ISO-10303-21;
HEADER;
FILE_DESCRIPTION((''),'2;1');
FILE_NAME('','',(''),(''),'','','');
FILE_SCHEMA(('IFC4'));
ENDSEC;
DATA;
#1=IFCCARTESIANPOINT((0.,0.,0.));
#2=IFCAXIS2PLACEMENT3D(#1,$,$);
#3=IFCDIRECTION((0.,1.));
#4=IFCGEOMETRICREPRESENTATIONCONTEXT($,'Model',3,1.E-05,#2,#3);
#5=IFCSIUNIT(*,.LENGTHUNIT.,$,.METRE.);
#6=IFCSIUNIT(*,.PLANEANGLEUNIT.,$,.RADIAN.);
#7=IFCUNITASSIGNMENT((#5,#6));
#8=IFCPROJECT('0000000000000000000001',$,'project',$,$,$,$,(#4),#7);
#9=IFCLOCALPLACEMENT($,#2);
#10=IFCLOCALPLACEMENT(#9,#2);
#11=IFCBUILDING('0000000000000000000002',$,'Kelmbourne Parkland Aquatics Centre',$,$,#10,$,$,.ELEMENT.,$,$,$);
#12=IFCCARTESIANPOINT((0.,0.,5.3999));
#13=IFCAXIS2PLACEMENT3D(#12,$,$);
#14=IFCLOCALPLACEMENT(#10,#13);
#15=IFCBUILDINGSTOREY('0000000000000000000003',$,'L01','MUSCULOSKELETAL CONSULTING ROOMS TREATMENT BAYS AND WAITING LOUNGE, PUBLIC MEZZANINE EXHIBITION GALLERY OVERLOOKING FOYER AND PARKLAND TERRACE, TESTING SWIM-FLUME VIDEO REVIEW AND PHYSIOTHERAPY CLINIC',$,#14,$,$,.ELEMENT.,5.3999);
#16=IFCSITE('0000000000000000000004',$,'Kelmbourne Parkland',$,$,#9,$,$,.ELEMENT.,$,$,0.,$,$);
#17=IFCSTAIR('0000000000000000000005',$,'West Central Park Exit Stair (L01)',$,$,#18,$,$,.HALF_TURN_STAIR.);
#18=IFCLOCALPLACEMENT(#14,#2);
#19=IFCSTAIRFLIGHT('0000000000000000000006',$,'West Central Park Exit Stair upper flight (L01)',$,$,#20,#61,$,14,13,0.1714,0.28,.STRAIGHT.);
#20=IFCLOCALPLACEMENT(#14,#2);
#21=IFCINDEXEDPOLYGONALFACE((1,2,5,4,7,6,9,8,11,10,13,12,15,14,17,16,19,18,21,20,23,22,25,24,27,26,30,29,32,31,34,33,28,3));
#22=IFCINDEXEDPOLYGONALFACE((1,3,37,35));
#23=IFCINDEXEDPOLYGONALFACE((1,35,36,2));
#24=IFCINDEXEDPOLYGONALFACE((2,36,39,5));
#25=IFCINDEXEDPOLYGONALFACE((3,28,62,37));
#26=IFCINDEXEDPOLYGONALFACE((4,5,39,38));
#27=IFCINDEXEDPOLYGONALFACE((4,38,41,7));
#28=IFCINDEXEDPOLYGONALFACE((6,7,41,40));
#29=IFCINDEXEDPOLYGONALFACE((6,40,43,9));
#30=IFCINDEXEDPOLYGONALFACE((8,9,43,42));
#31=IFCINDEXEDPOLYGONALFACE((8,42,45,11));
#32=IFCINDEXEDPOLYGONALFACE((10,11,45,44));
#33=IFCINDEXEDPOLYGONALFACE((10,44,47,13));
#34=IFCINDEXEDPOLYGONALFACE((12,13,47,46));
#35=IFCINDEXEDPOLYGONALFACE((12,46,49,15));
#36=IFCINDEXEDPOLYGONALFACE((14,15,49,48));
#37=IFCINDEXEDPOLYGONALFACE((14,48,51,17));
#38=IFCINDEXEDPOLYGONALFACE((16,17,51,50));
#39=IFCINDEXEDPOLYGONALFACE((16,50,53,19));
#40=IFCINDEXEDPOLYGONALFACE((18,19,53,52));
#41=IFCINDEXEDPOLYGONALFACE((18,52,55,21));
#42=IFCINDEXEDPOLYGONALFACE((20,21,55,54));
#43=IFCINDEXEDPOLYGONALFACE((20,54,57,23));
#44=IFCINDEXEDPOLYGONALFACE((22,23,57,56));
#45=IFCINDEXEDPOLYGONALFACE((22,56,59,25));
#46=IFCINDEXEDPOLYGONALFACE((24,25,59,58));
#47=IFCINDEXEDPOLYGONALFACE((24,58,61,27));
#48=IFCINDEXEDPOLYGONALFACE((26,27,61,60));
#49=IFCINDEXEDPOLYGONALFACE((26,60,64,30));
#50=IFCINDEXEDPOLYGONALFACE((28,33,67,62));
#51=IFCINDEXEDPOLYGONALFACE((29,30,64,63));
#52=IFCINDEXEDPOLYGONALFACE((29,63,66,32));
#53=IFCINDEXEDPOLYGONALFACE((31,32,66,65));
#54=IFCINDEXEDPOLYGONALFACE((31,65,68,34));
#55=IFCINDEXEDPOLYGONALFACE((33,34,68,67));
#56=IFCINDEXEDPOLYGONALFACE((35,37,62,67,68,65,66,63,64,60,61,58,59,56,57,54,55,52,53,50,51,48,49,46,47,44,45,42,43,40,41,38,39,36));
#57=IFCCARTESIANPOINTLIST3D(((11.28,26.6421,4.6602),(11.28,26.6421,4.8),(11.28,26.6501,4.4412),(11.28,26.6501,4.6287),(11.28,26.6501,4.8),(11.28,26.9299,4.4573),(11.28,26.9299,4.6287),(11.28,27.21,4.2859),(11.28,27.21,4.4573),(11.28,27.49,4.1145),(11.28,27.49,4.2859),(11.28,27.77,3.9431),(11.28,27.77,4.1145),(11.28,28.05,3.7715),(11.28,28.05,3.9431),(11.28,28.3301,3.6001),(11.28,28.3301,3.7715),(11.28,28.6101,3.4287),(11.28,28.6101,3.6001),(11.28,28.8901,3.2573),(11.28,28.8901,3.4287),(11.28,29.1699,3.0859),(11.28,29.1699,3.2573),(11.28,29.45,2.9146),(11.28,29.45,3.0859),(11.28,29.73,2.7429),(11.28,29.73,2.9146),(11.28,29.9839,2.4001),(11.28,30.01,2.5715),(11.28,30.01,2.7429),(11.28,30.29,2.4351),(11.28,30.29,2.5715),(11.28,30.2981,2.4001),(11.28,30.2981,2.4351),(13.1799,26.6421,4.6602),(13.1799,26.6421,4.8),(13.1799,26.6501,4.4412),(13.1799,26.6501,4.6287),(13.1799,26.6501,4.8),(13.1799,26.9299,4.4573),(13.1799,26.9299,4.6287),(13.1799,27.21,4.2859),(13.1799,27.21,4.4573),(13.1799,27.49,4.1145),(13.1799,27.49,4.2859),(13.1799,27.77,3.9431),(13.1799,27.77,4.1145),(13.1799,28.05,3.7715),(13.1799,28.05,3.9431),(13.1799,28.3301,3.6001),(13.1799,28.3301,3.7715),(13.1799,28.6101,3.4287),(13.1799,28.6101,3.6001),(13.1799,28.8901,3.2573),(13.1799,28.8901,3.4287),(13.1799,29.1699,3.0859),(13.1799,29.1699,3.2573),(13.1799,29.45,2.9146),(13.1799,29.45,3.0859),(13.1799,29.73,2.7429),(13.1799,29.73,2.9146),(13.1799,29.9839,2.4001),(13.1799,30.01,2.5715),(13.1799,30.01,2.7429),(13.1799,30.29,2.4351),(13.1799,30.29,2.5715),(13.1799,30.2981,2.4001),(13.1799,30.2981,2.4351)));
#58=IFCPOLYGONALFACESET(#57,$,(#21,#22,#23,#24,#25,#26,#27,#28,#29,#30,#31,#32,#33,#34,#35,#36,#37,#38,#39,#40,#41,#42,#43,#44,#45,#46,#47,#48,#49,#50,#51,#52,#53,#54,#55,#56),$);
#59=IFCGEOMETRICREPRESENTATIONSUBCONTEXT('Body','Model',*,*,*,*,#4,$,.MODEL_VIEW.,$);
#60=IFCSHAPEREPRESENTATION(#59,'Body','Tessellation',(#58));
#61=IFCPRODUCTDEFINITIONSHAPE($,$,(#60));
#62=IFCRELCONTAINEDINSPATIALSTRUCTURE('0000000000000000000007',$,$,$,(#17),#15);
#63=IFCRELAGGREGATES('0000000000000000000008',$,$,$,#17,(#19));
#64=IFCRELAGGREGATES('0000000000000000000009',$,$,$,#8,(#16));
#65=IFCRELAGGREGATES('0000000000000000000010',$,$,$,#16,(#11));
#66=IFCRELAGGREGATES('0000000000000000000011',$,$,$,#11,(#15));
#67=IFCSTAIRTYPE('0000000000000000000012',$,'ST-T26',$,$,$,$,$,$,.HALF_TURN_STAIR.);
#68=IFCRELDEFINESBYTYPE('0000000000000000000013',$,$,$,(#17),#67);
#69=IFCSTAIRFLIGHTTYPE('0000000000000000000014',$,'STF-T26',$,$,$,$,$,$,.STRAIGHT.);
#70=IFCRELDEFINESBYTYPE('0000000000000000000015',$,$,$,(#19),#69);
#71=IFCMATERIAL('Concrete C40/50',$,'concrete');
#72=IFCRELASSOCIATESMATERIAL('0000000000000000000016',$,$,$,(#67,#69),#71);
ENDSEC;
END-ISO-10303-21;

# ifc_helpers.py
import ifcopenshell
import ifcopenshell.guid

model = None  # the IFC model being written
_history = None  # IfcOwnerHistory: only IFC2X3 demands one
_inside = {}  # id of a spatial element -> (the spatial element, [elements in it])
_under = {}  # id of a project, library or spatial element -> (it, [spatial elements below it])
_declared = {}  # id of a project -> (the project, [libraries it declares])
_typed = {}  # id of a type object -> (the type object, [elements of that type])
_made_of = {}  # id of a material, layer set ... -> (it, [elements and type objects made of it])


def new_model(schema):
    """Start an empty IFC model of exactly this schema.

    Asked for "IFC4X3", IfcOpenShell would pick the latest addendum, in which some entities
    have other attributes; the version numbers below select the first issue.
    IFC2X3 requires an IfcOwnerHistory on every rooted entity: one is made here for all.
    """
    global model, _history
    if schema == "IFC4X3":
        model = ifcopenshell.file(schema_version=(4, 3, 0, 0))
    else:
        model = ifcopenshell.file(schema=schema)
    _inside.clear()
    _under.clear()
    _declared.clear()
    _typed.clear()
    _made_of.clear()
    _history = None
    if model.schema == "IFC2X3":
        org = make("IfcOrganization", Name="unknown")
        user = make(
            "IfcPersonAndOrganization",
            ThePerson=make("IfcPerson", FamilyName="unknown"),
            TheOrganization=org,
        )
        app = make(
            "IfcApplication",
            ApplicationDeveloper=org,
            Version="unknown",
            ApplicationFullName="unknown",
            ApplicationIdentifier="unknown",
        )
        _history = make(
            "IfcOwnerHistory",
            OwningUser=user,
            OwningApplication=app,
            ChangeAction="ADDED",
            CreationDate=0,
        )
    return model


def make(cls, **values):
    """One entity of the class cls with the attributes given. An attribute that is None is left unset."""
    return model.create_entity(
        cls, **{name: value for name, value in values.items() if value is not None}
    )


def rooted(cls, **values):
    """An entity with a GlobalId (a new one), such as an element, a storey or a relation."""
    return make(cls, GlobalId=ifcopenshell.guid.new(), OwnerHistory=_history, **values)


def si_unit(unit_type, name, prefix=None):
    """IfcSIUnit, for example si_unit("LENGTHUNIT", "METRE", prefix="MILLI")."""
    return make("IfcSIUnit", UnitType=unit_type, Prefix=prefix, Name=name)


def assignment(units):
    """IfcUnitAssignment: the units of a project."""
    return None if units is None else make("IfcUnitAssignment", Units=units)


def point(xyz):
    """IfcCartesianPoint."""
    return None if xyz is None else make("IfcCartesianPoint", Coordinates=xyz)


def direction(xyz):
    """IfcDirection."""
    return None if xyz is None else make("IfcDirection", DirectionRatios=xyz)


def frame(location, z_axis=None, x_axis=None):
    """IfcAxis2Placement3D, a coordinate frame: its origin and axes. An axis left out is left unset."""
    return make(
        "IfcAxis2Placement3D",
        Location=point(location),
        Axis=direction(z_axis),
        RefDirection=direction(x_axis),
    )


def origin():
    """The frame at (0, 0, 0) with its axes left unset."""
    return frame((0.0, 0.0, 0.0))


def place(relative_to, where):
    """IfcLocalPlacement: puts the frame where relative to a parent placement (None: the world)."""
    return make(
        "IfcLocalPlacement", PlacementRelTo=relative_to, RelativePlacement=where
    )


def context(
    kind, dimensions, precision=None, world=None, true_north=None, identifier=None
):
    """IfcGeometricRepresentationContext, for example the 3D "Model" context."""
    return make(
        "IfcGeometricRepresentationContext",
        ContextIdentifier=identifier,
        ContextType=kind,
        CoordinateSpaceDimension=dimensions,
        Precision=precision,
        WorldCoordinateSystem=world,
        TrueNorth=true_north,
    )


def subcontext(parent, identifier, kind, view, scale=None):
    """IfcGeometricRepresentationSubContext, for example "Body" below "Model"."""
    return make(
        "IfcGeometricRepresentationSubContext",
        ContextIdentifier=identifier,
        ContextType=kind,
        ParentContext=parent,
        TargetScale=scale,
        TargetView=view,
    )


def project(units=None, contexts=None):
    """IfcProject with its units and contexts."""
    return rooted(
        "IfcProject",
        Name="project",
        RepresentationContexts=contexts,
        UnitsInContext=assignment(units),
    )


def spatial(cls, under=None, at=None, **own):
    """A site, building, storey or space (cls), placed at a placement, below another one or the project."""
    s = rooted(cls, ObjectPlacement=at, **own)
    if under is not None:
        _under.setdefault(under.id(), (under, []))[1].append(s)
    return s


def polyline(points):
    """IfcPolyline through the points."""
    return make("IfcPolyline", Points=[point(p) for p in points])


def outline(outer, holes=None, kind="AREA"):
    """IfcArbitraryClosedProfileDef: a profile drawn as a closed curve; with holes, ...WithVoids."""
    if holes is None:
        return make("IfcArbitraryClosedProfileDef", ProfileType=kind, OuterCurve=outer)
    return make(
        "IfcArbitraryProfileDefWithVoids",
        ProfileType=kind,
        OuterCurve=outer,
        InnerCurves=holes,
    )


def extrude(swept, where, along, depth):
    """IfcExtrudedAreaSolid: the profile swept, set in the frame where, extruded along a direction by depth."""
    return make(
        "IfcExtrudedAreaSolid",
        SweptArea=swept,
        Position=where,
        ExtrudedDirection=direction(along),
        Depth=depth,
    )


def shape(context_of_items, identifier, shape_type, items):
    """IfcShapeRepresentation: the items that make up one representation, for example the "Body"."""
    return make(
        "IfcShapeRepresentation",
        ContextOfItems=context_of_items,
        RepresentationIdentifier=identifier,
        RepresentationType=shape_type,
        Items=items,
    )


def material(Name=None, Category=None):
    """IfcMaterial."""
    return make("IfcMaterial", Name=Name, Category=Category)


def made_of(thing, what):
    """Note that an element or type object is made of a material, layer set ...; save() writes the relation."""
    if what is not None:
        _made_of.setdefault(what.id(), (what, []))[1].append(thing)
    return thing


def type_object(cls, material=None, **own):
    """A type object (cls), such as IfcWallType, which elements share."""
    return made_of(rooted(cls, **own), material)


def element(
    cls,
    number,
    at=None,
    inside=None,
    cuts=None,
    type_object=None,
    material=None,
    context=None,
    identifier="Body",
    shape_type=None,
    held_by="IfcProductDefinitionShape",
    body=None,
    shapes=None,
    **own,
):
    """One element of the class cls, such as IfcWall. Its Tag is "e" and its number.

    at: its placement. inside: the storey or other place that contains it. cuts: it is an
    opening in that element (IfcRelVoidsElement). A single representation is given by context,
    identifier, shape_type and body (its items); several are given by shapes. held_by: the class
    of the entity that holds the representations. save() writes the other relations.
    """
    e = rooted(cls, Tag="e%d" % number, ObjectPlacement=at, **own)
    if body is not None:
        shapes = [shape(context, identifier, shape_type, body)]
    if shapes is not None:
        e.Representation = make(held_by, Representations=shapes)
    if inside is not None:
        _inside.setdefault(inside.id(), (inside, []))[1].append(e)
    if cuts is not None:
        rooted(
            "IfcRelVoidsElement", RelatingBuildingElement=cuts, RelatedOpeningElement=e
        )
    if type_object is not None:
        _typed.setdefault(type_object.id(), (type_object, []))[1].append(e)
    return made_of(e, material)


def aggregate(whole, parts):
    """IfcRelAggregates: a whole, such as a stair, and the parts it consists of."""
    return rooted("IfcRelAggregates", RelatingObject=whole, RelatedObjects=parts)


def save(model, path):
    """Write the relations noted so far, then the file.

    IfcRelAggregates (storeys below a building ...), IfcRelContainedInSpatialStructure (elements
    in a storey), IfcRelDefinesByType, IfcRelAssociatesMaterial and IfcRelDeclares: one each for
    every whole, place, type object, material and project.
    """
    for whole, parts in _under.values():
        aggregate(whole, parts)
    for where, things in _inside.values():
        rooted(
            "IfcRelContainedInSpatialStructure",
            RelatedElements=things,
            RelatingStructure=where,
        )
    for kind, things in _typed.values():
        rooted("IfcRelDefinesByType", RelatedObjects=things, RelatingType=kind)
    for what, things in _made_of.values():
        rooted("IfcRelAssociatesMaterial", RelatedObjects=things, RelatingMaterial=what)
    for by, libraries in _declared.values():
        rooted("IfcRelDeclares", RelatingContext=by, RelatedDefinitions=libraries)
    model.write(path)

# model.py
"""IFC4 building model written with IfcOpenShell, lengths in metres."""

from ifc_helpers import new_model, si_unit, direction, frame, origin, place, context, subcontext, project, spatial, polyline, outline, extrude, material, type_object, element, aggregate, save


model = new_model("IFC4")

# Units and contexts
model_context = context("Model", 3, precision=1e-05, world=origin(), true_north=direction((0.0, 1.0)))
body_context = subcontext(model_context, "Body", "Model", "MODEL_VIEW")
ifc_project = project(units=[si_unit("LENGTHUNIT", "METRE"), si_unit("PLANEANGLEUNIT", "RADIAN")], contexts=[model_context])

# Site, building, storey
site_placement = place(None, origin())
site = spatial("IfcSite", under=ifc_project, at=site_placement, Name="Kelmbourne Parkland", CompositionType="ELEMENT", RefElevation=0.0)
building_placement = place(site_placement, origin())
building = spatial("IfcBuilding", under=site, at=building_placement, Name="Kelmbourne Parkland Aquatics Centre", CompositionType="ELEMENT")
storey_placement = place(building_placement, frame((0.0, 0.0, 5.3999)))
storey = spatial("IfcBuildingStorey", under=building, at=storey_placement, Name="L01", Description="MUSCULOSKELETAL CONSULTING ROOMS TREATMENT BAYS AND WAITING LOUNGE, PUBLIC MEZZANINE EXHIBITION GALLERY OVERLOOKING FOYER AND PARKLAND TERRACE, TESTING SWIM-FLUME VIDEO REVIEW AND PHYSIOTHERAPY CLINIC", CompositionType="ELEMENT", Elevation=5.3999)

# Shared definitions
ifc_material_1 = material(Name="Concrete C40/50", Category="concrete")

# Stair, stair flight
stair_type_1 = type_object("IfcStairType", Name="ST-T26", PredefinedType="HALF_TURN_STAIR", material=ifc_material_1)
stair_1_placement = place(storey_placement, origin())
stair_1 = element("IfcStair", 1, at=stair_1_placement, inside=storey, type_object=stair_type_1, Name="West Central Park Exit Stair (L01)", PredefinedType="HALF_TURN_STAIR")
stair_flight_type_1 = type_object("IfcStairFlightType", Name="STF-T26", PredefinedType="STRAIGHT", material=ifc_material_1)
stair_flight_1_placement = place(storey_placement, frame((12.23, 30.29, 2.4001), z_axis=(0.0, 0.0, 1.0), x_axis=(0.0, -1.0, 0.0)))
stair_flight_1 = element("IfcStairFlight", 2, at=stair_flight_1_placement, type_object=stair_flight_type_1, Name="West Central Park Exit Stair upper flight (L01)", NumberOfRisers=14, NumberOfTreads=13, PredefinedType="STRAIGHT", RiserHeight=0.1714, TreadLength=0.28, context=body_context, shape_type="SweptSolid", body=[
    extrude(outline(polyline([(-0.0081, 0.0), (-0.0081, 0.0349), (0.0, 0.0349), (0.0, 0.1714), (0.28, 0.1714), (0.28, 0.3428), (0.5601, 0.3428), (0.5601, 0.5144), (0.8401, 0.5144), (0.8401, 0.6858), (1.1201, 0.6858), (1.1201, 0.8572), (1.3999, 0.8572), (1.3999, 1.0286), (1.6799, 1.0286), (1.6799, 1.2), (1.96, 1.2), (1.96, 1.3713), (2.24, 1.3713), (2.24, 1.543), (2.52, 1.543), (2.52, 1.7144), (2.8, 1.7144), (2.8, 1.8857), (3.0801, 1.8857), (3.0801, 2.0571), (3.3601, 2.0571), (3.3601, 2.2285), (3.6399, 2.2285), (3.6399, 2.3999), (3.6479, 2.3999), (3.6479, 2.26), (3.6399, 2.041), (0.3062, 0.0), (-0.0081, 0.0)])), frame((0.0, 0.95, 0.0), z_axis=(0.0, -1.0, 0.0), x_axis=(1.0, 0.0, 0.0)), (0.0, 0.0, 1.0), 1.8999),
])
aggregate(stair_1, [stair_flight_1])

save(model, "model.ifc")
